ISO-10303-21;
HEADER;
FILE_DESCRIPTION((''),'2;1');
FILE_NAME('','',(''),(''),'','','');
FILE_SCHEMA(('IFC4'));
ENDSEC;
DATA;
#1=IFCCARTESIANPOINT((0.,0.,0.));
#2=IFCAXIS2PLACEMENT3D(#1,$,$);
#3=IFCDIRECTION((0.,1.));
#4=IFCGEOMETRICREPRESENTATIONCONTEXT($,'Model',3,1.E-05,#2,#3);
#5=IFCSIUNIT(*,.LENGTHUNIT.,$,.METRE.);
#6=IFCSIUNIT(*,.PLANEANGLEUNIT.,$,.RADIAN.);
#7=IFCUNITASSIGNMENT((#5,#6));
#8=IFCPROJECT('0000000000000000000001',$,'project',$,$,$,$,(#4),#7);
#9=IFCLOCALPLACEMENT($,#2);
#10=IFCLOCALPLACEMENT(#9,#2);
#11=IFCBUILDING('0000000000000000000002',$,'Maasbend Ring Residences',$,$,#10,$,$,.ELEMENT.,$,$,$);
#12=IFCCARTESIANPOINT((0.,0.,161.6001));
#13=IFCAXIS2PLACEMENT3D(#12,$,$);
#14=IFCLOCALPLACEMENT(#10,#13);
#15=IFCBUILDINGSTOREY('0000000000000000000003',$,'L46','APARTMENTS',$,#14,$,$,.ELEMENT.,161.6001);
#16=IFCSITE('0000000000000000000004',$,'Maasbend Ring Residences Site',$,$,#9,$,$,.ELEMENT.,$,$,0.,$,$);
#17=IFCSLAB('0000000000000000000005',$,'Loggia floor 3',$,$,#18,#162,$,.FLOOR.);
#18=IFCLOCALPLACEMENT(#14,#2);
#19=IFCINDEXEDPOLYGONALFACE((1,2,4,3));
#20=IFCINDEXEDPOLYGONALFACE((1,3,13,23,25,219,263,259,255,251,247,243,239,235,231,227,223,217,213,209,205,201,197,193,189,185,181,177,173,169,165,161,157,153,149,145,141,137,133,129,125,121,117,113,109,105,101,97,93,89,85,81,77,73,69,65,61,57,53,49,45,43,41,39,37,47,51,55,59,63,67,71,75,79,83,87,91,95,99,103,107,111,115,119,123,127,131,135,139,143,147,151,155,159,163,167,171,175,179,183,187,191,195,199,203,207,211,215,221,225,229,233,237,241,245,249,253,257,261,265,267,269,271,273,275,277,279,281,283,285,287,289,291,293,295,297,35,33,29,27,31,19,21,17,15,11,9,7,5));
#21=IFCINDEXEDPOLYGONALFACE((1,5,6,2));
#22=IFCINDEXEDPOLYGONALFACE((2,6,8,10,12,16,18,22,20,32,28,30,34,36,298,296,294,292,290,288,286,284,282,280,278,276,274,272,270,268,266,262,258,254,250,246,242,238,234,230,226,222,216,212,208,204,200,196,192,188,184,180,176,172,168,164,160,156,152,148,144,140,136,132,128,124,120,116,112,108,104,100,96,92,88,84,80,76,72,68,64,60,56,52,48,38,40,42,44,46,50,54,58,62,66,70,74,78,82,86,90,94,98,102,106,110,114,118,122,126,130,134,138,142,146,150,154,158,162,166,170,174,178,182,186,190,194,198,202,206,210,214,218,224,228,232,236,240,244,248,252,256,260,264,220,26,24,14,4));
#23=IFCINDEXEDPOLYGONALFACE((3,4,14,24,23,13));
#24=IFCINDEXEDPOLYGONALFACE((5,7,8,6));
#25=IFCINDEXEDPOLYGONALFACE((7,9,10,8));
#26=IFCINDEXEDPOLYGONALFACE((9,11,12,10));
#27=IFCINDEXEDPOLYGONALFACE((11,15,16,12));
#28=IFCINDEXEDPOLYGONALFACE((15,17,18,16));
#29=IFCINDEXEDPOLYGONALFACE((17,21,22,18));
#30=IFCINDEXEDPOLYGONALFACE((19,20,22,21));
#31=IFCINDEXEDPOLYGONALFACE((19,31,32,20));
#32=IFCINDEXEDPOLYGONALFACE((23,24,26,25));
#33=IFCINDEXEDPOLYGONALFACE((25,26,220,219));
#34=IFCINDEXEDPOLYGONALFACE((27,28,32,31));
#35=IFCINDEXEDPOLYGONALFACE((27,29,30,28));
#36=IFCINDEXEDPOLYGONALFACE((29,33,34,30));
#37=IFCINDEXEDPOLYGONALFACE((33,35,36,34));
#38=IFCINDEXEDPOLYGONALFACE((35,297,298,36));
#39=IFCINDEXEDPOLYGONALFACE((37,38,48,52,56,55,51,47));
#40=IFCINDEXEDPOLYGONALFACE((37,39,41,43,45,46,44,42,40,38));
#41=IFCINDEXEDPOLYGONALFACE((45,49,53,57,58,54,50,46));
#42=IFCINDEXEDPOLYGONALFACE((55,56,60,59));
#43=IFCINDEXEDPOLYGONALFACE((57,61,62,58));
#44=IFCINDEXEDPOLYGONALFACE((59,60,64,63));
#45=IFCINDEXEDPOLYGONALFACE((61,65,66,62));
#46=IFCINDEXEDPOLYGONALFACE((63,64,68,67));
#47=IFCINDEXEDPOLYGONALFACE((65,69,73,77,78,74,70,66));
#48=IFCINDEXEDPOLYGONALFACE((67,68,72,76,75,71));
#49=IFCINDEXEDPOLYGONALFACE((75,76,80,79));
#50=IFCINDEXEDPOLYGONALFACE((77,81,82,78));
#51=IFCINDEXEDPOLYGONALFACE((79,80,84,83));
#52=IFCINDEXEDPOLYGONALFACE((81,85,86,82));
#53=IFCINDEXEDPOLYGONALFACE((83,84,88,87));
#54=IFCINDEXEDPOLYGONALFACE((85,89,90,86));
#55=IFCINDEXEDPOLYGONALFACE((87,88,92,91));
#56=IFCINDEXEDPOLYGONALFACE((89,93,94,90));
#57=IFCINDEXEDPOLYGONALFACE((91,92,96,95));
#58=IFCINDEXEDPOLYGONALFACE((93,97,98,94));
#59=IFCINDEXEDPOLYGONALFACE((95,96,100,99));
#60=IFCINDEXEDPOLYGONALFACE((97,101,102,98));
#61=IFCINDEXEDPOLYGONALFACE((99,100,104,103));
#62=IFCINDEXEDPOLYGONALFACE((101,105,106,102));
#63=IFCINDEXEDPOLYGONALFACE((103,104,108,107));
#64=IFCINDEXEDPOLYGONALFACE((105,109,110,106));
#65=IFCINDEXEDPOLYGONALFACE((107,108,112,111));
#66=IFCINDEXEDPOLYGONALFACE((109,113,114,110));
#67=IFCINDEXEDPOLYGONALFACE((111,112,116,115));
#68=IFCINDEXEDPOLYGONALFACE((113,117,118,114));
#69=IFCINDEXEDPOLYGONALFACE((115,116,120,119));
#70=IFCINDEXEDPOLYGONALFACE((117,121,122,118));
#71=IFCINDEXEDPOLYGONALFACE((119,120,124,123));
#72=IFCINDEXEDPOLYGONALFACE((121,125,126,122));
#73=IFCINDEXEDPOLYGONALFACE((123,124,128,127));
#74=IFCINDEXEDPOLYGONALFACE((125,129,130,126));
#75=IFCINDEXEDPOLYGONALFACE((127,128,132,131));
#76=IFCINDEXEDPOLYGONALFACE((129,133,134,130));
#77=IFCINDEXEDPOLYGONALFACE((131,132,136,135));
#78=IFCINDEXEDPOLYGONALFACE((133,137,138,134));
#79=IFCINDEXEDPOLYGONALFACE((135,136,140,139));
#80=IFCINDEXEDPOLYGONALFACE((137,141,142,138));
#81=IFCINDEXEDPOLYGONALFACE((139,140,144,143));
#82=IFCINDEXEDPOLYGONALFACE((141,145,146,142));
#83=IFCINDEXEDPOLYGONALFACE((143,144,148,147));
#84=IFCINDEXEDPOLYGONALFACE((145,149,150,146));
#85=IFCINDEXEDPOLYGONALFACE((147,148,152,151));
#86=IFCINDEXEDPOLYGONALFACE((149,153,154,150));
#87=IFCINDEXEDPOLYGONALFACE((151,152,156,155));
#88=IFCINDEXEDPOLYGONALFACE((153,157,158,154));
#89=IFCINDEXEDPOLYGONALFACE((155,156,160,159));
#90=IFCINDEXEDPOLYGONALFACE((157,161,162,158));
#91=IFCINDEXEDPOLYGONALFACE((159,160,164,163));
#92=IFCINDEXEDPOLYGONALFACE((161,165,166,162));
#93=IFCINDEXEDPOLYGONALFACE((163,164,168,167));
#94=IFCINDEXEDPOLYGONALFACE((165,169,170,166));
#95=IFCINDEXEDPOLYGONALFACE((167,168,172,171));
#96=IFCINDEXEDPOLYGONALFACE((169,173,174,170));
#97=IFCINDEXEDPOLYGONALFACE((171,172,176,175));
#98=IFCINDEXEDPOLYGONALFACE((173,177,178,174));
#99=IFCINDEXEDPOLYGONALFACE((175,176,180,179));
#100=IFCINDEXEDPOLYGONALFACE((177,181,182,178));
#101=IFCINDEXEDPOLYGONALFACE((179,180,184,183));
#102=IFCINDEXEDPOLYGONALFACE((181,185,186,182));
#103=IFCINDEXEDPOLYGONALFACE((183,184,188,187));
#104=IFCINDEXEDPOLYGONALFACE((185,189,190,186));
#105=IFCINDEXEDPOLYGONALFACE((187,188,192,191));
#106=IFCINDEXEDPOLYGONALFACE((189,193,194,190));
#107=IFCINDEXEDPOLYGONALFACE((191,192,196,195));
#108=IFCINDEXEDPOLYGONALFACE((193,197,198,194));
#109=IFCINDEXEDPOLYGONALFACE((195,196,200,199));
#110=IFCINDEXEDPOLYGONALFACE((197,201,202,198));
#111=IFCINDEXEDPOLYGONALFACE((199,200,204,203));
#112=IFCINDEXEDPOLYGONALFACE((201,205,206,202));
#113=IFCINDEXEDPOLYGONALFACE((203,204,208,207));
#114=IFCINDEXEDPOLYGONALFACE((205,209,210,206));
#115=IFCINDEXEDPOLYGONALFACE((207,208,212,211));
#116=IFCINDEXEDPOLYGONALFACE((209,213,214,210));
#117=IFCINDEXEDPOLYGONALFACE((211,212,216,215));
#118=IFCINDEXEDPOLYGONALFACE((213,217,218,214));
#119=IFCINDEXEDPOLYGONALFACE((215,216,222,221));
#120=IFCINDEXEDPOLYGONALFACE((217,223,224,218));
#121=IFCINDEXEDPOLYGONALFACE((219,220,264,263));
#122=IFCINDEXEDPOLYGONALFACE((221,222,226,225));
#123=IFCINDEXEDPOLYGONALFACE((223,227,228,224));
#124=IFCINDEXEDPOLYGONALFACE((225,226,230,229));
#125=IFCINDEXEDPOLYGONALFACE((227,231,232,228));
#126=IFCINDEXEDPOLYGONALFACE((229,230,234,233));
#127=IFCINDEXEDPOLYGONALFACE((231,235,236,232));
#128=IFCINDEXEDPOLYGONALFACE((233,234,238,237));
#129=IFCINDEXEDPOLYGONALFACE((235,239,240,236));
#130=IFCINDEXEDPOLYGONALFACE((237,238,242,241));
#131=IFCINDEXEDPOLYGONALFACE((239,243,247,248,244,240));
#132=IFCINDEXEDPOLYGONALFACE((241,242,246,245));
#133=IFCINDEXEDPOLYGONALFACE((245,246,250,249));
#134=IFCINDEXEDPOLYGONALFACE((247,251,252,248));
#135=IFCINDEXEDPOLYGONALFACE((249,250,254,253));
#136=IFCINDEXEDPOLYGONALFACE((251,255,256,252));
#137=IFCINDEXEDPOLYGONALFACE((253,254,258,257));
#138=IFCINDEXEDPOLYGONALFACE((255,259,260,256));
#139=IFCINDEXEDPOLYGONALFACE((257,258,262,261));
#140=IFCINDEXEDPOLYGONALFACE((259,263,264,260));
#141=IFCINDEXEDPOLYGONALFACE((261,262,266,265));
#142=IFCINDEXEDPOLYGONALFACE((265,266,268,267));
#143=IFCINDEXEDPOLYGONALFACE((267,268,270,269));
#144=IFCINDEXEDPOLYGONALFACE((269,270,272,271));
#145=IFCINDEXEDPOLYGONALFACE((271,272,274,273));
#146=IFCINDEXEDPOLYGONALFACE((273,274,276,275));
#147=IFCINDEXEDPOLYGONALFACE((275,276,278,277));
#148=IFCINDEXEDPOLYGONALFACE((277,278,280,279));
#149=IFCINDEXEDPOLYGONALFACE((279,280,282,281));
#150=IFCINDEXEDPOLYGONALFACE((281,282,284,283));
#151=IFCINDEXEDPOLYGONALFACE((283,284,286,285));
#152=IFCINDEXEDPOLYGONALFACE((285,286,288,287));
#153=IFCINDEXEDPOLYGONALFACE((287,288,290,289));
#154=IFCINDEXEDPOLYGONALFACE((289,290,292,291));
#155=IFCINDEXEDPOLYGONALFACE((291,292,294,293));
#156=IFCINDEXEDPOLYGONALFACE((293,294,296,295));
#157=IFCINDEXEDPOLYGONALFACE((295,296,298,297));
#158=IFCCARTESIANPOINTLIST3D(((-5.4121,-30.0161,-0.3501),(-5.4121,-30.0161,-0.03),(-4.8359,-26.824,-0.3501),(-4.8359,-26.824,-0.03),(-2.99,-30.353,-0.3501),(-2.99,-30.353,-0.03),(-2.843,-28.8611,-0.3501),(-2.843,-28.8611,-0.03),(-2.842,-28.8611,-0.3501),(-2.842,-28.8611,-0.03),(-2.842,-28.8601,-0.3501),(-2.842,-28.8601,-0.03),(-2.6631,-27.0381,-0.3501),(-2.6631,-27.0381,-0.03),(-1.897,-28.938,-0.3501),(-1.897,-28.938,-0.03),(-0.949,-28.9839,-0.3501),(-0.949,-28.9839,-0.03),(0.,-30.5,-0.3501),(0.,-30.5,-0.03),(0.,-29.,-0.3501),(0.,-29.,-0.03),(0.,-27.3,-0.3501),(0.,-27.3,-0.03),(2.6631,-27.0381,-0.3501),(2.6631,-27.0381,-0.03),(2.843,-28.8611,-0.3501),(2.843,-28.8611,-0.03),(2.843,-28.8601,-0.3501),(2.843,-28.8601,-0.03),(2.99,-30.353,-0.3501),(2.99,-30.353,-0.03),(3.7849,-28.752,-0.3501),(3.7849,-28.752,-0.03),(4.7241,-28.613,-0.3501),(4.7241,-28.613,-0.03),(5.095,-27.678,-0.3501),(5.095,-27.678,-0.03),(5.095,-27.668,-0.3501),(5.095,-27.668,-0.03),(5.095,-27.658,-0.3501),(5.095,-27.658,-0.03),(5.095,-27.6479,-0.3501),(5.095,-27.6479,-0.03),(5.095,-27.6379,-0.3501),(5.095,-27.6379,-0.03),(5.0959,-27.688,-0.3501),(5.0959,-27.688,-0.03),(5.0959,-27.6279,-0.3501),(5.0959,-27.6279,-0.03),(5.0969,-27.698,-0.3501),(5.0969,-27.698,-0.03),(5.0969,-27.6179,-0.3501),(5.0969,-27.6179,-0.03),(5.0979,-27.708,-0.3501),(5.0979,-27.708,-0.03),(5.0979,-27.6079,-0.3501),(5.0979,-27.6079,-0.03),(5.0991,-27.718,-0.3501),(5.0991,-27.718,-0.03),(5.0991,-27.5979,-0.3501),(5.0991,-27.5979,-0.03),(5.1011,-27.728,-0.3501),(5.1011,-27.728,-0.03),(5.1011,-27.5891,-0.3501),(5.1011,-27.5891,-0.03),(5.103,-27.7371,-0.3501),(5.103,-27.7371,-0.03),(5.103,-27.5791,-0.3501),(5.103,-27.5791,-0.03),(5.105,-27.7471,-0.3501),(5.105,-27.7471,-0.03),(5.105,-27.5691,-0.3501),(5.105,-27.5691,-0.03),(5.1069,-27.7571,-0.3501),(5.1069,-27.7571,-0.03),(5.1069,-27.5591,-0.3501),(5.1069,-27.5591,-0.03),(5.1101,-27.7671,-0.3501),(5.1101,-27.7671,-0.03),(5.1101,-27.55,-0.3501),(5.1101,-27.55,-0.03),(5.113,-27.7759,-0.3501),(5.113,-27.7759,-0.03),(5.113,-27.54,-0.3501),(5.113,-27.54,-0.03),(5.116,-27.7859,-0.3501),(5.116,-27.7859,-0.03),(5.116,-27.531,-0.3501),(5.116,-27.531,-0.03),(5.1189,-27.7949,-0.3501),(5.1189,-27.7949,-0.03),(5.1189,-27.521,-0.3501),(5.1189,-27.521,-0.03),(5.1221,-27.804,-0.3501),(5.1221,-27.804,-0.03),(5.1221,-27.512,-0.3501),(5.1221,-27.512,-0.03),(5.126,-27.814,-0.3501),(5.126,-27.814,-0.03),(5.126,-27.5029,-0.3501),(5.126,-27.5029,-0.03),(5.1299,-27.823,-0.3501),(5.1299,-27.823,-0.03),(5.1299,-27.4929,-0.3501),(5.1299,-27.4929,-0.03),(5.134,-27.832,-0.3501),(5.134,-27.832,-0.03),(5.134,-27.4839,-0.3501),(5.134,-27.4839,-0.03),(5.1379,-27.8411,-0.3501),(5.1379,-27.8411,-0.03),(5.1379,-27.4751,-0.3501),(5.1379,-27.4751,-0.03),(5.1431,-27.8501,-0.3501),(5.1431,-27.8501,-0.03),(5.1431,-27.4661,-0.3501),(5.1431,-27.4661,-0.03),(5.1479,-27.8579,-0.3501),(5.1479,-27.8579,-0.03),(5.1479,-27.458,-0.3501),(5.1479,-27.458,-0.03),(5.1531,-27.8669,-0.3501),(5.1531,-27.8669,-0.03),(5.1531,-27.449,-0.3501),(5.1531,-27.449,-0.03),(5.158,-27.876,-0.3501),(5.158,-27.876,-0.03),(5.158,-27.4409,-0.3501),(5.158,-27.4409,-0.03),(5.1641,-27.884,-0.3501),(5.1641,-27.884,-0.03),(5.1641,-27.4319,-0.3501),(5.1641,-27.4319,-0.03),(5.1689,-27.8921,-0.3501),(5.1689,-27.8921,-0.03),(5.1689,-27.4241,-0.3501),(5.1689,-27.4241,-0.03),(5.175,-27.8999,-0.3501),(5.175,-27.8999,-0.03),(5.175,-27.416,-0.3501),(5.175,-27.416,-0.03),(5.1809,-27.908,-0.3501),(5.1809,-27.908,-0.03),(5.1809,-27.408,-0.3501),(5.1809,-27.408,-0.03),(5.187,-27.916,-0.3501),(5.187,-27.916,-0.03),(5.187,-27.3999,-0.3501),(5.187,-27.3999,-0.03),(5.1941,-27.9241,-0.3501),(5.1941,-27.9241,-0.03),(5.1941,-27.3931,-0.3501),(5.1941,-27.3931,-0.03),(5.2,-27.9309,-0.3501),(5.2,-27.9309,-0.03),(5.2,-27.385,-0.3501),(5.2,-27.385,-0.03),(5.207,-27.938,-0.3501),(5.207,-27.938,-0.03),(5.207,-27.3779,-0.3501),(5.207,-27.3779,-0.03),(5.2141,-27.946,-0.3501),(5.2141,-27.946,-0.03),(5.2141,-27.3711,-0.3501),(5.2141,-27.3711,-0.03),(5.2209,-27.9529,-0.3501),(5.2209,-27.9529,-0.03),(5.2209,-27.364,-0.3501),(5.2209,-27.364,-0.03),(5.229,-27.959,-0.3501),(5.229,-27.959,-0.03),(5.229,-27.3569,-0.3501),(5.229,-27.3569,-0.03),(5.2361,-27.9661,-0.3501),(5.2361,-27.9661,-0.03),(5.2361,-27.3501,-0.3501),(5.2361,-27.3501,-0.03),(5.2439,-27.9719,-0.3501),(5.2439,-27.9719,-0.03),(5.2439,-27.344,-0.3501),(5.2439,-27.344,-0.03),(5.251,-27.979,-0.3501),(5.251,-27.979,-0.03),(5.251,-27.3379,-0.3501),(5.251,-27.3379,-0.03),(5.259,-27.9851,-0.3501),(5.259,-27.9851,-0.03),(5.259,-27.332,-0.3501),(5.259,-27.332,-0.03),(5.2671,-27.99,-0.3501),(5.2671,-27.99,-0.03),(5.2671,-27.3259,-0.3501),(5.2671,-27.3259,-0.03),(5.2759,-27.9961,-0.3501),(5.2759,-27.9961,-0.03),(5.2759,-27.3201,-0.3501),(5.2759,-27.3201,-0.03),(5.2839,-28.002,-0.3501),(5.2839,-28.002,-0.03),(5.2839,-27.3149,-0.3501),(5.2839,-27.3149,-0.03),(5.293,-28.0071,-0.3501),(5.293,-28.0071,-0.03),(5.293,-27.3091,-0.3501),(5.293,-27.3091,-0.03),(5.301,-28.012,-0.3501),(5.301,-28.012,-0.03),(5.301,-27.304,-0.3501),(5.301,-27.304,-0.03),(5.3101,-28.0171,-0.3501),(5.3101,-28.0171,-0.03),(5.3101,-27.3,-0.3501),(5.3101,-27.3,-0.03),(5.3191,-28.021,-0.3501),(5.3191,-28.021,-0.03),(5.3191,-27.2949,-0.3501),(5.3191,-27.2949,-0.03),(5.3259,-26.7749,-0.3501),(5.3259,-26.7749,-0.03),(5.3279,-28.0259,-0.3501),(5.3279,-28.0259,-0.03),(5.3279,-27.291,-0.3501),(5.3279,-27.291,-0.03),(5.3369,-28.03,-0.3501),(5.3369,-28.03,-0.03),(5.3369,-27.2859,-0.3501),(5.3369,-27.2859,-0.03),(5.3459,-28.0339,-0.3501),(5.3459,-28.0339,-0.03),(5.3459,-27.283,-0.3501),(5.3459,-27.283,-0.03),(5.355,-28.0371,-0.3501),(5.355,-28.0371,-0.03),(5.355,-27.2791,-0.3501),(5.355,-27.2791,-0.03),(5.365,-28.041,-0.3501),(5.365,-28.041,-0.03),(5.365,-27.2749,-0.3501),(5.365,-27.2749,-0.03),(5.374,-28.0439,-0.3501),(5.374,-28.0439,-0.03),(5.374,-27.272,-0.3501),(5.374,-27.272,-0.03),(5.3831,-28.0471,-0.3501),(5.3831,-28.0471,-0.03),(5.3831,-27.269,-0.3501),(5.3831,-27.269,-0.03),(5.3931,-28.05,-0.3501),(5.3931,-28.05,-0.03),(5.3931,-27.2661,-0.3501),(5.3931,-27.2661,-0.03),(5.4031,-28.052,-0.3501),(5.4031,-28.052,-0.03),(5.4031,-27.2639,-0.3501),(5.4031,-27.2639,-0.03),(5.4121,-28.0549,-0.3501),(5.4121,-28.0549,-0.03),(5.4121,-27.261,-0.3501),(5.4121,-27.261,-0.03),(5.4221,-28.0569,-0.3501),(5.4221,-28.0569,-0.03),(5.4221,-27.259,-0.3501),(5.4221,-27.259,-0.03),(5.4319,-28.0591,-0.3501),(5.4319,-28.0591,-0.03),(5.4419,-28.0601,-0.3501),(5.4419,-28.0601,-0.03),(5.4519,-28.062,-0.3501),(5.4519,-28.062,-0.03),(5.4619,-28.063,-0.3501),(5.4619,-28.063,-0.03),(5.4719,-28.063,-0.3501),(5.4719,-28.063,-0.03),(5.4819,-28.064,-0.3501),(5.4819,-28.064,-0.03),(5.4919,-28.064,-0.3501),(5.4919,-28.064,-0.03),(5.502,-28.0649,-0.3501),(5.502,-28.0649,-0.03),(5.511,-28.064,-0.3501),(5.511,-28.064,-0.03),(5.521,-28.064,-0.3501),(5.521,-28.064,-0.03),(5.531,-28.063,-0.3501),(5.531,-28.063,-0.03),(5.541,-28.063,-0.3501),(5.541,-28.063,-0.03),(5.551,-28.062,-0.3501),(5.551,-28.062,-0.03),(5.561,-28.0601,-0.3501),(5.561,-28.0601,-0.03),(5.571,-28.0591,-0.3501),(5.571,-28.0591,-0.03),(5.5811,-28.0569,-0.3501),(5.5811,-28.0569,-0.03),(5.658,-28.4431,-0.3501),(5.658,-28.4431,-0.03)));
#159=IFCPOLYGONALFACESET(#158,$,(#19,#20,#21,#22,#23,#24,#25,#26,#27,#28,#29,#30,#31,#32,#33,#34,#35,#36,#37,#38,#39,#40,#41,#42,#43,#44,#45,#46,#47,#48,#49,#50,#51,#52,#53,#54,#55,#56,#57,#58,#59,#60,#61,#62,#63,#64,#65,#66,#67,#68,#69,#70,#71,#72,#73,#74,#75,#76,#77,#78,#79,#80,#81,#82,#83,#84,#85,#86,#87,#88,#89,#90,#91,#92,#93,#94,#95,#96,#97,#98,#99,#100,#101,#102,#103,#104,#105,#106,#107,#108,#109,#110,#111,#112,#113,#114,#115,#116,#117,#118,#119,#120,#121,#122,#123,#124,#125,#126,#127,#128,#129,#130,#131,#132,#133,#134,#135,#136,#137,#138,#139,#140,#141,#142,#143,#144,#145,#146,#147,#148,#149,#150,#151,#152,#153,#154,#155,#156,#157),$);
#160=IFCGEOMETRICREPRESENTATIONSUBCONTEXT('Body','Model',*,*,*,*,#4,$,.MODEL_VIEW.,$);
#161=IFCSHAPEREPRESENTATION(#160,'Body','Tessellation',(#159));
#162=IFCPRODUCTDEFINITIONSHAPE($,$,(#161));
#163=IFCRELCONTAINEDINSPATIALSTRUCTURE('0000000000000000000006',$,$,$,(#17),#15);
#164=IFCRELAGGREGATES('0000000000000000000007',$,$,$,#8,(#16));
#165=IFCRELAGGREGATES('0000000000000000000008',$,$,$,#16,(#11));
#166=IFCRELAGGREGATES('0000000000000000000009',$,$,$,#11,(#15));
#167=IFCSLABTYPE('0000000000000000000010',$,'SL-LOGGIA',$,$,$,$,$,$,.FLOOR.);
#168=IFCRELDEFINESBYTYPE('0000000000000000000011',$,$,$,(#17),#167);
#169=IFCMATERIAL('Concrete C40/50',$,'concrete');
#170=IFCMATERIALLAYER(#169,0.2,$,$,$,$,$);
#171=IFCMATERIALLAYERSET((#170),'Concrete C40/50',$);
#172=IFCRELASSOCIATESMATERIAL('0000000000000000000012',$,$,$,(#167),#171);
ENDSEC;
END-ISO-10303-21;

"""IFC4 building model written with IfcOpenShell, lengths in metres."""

from ifc_helpers import new_model, si_unit, direction, frame, origin, place, context, subcontext, project, spatial, polyline, outline, extrude, material, layer, layer_set, type_object, element, save


model = new_model("IFC4")

# Units and contexts
model_context = context("Model", 3, precision=1e-05, world=origin(), true_north=direction((0.0, 1.0)))
body_context = subcontext(model_context, "Body", "Model", "MODEL_VIEW")
ifc_project = project(units=[si_unit("LENGTHUNIT", "METRE"), si_unit("PLANEANGLEUNIT", "RADIAN")], contexts=[model_context])

# Site, building, storey
site_placement = place(None, origin())
site = spatial("IfcSite", under=ifc_project, at=site_placement, Name="Maasbend Ring Residences Site", CompositionType="ELEMENT", RefElevation=0.0)
building_placement = place(site_placement, origin())
building = spatial("IfcBuilding", under=site, at=building_placement, Name="Maasbend Ring Residences", CompositionType="ELEMENT")
storey_placement = place(building_placement, frame((0.0, 0.0, 161.6001)))
storey = spatial("IfcBuildingStorey", under=building, at=storey_placement, Name="L46", Description="APARTMENTS", CompositionType="ELEMENT", Elevation=161.6001)

# Slab
ifc_material_1 = material(Name="Concrete C40/50", Category="concrete")
ifc_layer_1 = layer(ifc_material_1, 0.2)
ifc_layer_set_1 = layer_set([ifc_layer_1], Name="Concrete C40/50")
slab_type_1 = type_object("IfcSlabType", Name="SL-LOGGIA", PredefinedType="FLOOR", material=ifc_layer_set_1)
slab_1_placement = place(storey_placement, frame((0.0, 0.0, -0.3501)))
element("IfcSlab", 1, at=slab_1_placement, inside=storey, type_object=slab_type_1, Name="Loggia floor 3", PredefinedType="FLOOR", context=body_context, shape_type="SweptSolid", body=[
    extrude(outline(polyline([(-2.6631, -27.0381), (0.0, -27.3), (0.0, -27.3), (0.0, -27.3), (2.6631, -27.0381), (5.3259, -26.7749), (5.3259, -26.7749), (5.3259, -26.7749), (5.4221, -27.259), (5.4221, -27.259), (5.4121, -27.261), (5.4031, -27.2639), (5.3931, -27.2661), (5.3831, -27.269), (5.374, -27.272), (5.365, -27.2749), (5.355, -27.2791), (5.3459, -27.283), (5.3369, -27.2859), (5.3279, -27.291), (5.3191, -27.2949), (5.3101, -27.3), (5.301, -27.304), (5.293, -27.3091), (5.2839, -27.3149), (5.2759, -27.3201), (5.2671, -27.3259), (5.259, -27.332), (5.251, -27.3379), (5.2439, -27.344), (5.2361, -27.3501), (5.229, -27.3569), (5.2209, -27.364), (5.2141, -27.3711), (5.207, -27.3779), (5.2, -27.385), (5.1941, -27.3931), (5.187, -27.3999), (5.1809, -27.408), (5.175, -27.416), (5.1689, -27.4241), (5.1641, -27.4319), (5.158, -27.4409), (5.1531, -27.449), (5.1479, -27.458), (5.1431, -27.4661), (5.1379, -27.4751), (5.134, -27.4839), (5.1299, -27.4929), (5.126, -27.5029), (5.1221, -27.512), (5.1189, -27.521), (5.116, -27.531), (5.113, -27.54), (5.1101, -27.55), (5.1069, -27.5591), (5.105, -27.5691), (5.103, -27.5791), (5.1011, -27.5891), (5.0991, -27.5979), (5.0979, -27.6079), (5.0969, -27.6179), (5.0959, -27.6279), (5.095, -27.6379), (5.095, -27.6479), (5.095, -27.658), (5.095, -27.668), (5.095, -27.678), (5.0959, -27.688), (5.0969, -27.698), (5.0979, -27.708), (5.0991, -27.718), (5.1011, -27.728), (5.103, -27.7371), (5.105, -27.7471), (5.1069, -27.7571), (5.1101, -27.7671), (5.113, -27.7759), (5.116, -27.7859), (5.1189, -27.7949), (5.1221, -27.804), (5.126, -27.814), (5.1299, -27.823), (5.134, -27.832), (5.1379, -27.8411), (5.1431, -27.8501), (5.1479, -27.8579), (5.1531, -27.8669), (5.158, -27.876), (5.1641, -27.884), (5.1689, -27.8921), (5.175, -27.8999), (5.1809, -27.908), (5.187, -27.916), (5.1941, -27.9241), (5.2, -27.9309), (5.207, -27.938), (5.2141, -27.946), (5.2209, -27.9529), (5.229, -27.959), (5.2361, -27.9661), (5.2439, -27.9719), (5.251, -27.979), (5.259, -27.9851), (5.2671, -27.99), (5.2759, -27.9961), (5.2839, -28.002), (5.293, -28.0071), (5.301, -28.012), (5.3101, -28.0171), (5.3191, -28.021), (5.3279, -28.0259), (5.3369, -28.03), (5.3459, -28.0339), (5.355, -28.0371), (5.365, -28.041), (5.374, -28.0439), (5.3831, -28.0471), (5.3931, -28.05), (5.4031, -28.052), (5.4121, -28.0549), (5.4221, -28.0569), (5.4319, -28.0591), (5.4419, -28.0601), (5.4519, -28.062), (5.4619, -28.063), (5.4719, -28.063), (5.4819, -28.064), (5.4919, -28.064), (5.502, -28.0649), (5.511, -28.064), (5.521, -28.064), (5.531, -28.063), (5.541, -28.063), (5.551, -28.062), (5.561, -28.0601), (5.571, -28.0591), (5.5811, -28.0569), (5.5811, -28.0569), (5.658, -28.4431), (5.658, -28.4431), (5.658, -28.4431), (4.7241, -28.613), (4.7241, -28.613), (3.7849, -28.752), (3.7849, -28.752), (2.843, -28.8601), (2.843, -28.8601), (2.843, -28.8601), (2.843, -28.8601), (2.843, -28.8601), (2.843, -28.8601), (2.843, -28.8601), (2.843, -28.8601), (2.843, -28.8601), (2.843, -28.8611), (2.843, -28.8611), (2.843, -28.8611), (2.843, -28.8611), (2.843, -28.8611), (2.843, -28.8611), (2.843, -28.8611), (2.843, -28.8611), (2.99, -30.353), (2.99, -30.353), (2.99, -30.353), (0.0, -30.5), (0.0, -30.5), (0.0, -30.5), (0.0, -29.0), (0.0, -29.0), (0.0, -29.0), (0.0, -29.0), (0.0, -29.0), (0.0, -29.0), (0.0, -29.0), (0.0, -29.0), (0.0, -29.0), (0.0, -29.0), (0.0, -29.0), (0.0, -29.0), (0.0, -29.0), (0.0, -29.0), (0.0, -29.0), (0.0, -29.0), (0.0, -29.0), (-0.949, -28.9839), (-0.949, -28.9839), (-1.897, -28.938), (-1.897, -28.938), (-2.842, -28.8601), (-2.842, -28.8601), (-2.842, -28.8601), (-2.842, -28.8601), (-2.842, -28.8601), (-2.842, -28.8601), (-2.842, -28.8601), (-2.842, -28.8601), (-2.842, -28.8611), (-2.842, -28.8611), (-2.842, -28.8611), (-2.842, -28.8611), (-2.842, -28.8611), (-2.843, -28.8611), (-2.843, -28.8611), (-2.843, -28.8611), (-2.843, -28.8611), (-2.99, -30.353), (-2.99, -30.353), (-2.99, -30.353), (-5.4121, -30.0161), (-5.4121, -30.0161), (-5.4121, -30.0161), (-4.8359, -26.824), (-4.8359, -26.824), (-4.8359, -26.824), (-2.6631, -27.0381)])), origin(), (0.0, 0.0, 1.0), 0.3201),
])

save(model, "model.ifc")
